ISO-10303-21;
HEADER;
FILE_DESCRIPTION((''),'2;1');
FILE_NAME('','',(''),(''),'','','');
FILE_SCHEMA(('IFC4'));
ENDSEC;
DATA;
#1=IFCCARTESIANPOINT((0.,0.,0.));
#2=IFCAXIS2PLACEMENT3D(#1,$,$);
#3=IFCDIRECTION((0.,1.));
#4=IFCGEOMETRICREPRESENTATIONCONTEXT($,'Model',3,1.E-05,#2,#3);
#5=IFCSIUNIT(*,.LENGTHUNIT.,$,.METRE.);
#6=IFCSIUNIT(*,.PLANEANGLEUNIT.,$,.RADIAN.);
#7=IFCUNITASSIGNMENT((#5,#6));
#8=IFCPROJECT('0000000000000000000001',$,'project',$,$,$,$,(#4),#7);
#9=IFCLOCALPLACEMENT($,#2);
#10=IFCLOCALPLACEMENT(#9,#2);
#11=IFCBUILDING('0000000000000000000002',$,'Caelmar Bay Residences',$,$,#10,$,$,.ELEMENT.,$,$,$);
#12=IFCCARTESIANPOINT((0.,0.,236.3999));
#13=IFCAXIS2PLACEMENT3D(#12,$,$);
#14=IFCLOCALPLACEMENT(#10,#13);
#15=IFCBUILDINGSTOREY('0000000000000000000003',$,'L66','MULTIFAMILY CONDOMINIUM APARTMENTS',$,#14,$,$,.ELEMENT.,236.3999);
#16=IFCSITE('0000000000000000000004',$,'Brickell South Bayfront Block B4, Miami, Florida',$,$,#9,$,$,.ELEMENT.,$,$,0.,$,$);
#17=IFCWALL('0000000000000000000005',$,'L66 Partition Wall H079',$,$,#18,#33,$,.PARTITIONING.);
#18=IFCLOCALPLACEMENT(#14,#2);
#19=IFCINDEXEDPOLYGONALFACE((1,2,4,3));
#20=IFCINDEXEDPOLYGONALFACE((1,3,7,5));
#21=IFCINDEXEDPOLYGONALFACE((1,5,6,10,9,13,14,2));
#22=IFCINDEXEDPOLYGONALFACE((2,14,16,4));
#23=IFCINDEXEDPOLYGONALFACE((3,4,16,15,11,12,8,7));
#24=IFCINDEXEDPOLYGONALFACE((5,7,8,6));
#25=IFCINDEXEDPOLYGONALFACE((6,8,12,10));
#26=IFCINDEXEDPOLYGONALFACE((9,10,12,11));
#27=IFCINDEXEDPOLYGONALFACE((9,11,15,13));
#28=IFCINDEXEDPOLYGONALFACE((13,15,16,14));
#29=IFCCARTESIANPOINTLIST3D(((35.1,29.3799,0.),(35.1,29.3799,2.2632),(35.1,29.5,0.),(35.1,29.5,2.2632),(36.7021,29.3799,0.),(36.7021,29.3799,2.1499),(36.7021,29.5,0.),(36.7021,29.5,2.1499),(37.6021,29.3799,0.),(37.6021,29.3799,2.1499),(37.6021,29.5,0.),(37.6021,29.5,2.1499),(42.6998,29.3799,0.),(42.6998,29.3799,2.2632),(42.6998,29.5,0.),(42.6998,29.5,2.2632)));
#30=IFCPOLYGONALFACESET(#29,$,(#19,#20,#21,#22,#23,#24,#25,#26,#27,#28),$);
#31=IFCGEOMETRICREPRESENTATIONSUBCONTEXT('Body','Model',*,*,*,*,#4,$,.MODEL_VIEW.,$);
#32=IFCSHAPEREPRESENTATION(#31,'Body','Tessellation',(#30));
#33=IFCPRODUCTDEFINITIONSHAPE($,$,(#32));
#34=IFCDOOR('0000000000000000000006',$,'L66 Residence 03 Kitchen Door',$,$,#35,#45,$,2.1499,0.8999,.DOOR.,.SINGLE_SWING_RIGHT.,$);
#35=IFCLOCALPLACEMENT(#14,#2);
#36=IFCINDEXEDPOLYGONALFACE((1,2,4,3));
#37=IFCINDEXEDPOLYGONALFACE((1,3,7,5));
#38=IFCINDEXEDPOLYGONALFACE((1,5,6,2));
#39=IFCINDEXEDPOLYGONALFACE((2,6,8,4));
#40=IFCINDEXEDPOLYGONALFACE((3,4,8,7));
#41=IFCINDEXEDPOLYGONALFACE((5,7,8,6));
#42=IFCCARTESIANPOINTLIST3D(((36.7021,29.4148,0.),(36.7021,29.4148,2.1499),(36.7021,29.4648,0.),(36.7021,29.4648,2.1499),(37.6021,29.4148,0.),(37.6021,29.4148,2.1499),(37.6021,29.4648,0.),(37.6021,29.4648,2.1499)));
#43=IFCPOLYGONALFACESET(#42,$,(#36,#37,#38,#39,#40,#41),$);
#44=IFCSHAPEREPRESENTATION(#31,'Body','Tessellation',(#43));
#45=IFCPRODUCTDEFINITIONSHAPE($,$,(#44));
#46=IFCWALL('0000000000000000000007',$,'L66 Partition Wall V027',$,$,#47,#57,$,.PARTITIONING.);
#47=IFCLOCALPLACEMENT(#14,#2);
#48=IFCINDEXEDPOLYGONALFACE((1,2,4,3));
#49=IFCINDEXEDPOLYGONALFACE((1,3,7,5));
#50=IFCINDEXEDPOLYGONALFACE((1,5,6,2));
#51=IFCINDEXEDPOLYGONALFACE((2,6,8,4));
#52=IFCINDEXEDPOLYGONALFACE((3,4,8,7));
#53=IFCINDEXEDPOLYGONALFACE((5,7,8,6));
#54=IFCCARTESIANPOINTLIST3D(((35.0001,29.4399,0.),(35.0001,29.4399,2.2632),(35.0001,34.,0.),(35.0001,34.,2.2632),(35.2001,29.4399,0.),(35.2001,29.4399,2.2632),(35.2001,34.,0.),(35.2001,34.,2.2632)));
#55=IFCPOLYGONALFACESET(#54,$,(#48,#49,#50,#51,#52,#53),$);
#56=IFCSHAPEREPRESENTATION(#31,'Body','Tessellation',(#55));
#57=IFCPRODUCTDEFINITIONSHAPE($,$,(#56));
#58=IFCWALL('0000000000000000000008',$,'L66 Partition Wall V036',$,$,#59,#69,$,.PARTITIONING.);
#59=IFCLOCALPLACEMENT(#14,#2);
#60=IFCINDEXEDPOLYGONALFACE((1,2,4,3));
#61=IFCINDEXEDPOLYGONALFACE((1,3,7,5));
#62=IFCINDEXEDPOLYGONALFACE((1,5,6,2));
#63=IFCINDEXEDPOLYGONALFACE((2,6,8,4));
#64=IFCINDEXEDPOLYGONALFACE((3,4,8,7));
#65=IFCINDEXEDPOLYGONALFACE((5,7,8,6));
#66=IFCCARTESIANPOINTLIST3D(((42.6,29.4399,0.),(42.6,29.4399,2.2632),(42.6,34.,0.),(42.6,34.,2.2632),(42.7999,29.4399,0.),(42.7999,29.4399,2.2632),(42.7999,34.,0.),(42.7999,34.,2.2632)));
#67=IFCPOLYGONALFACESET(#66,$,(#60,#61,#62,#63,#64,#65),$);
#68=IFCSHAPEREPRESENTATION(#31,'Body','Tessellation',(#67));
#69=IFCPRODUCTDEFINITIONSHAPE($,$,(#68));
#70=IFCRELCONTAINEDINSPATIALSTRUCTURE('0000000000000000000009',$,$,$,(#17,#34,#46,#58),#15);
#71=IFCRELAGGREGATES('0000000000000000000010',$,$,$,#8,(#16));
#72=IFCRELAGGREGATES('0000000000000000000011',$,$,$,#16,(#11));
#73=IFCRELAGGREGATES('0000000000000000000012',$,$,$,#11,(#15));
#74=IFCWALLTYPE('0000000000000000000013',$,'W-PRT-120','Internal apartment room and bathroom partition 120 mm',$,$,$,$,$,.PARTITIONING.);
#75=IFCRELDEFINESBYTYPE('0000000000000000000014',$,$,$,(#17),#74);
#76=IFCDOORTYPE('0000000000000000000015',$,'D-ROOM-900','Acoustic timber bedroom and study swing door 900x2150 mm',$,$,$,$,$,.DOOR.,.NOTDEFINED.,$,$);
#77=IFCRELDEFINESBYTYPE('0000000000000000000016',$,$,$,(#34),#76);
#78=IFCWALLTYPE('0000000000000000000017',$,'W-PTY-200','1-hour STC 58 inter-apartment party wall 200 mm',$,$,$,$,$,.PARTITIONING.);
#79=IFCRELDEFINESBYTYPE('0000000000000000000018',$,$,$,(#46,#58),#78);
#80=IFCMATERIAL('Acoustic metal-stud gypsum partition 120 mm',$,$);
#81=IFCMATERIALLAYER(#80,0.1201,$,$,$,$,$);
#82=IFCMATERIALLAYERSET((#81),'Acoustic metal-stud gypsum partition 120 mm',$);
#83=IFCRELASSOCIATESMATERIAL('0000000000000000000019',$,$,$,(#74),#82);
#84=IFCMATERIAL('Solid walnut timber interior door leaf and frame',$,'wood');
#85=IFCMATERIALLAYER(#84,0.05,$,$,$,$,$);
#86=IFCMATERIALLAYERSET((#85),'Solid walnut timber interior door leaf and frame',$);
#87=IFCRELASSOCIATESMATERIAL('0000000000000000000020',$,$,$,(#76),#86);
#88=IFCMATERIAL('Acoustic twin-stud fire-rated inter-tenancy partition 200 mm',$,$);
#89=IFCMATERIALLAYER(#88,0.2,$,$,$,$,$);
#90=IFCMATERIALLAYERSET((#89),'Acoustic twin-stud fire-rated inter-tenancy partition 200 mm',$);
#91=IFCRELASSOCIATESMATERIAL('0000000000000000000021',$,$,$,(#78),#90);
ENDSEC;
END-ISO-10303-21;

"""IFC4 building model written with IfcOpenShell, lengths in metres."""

from ifc_helpers import new_model, si_unit, direction, frame, frame_2d, origin, place, context, subcontext, project, spatial, rectangle, extrude, material, layer, layer_set, type_object, element, fill, save


model = new_model("IFC4")

# Units and contexts
model_context = context("Model", 3, precision=1e-05, world=origin(), true_north=direction((0.0, 1.0)))
body_context = subcontext(model_context, "Body", "Model", "MODEL_VIEW")
ifc_project = project(units=[si_unit("LENGTHUNIT", "METRE"), si_unit("PLANEANGLEUNIT", "RADIAN")], contexts=[model_context])

# Site, building, storey
site_placement = place(None, origin())
site = spatial("IfcSite", under=ifc_project, at=site_placement, Name="Brickell South Bayfront Block B4, Miami, Florida", CompositionType="ELEMENT", RefElevation=0.0)
building_placement = place(site_placement, origin())
building = spatial("IfcBuilding", under=site, at=building_placement, Name="Caelmar Bay Residences", CompositionType="ELEMENT")
storey_placement = place(building_placement, frame((0.0, 0.0, 236.3999)))
storey = spatial("IfcBuildingStorey", under=building, at=storey_placement, Name="L66", Description="MULTIFAMILY CONDOMINIUM APARTMENTS", CompositionType="ELEMENT", Elevation=236.3999)

# Shared definitions
ifc_material_1 = material(Name="Acoustic metal-stud gypsum partition 120 mm")
ifc_layer_1 = layer(ifc_material_1, 0.1201)
ifc_layer_set_1 = layer_set([ifc_layer_1], Name="Acoustic metal-stud gypsum partition 120 mm")
wall_type_1 = type_object("IfcWallType", Name="W-PRT-120", Description="Internal apartment room and bathroom partition 120 mm", PredefinedType="PARTITIONING", material=ifc_layer_set_1)
ifc_material_2 = material(Name="Solid walnut timber interior door leaf and frame", Category="wood")
ifc_layer_2 = layer(ifc_material_2, 0.05)
ifc_layer_set_2 = layer_set([ifc_layer_2], Name="Solid walnut timber interior door leaf and frame")
door_type_1 = type_object("IfcDoorType", Name="D-ROOM-900", Description="Acoustic timber bedroom and study swing door 900x2150 mm", OperationType="NOTDEFINED", PredefinedType="DOOR", material=ifc_layer_set_2)

# Wall, opening, door
wall_1_placement = place(storey_placement, frame((35.1001, 29.4399, 0.0), z_axis=(0.0, 0.0, 1.0), x_axis=(1.0, 0.0, 0.0)))
wall_1 = element("IfcWall", 1, at=wall_1_placement, inside=storey, type_object=wall_type_1, Name="L66 Partition Wall H079", PredefinedType="PARTITIONING", context=body_context, shape_type="SweptSolid", body=[
    extrude(rectangle(XDim=7.5999, YDim=0.1201, at=frame_2d((3.7998, 0.0))), origin(), (0.0, 0.0, 1.0), 2.2632),
])
opening_1_placement = place(wall_1_placement, frame((1.6021, 0.0, 0.0)))
opening_1 = element("IfcOpeningElement", 2, at=opening_1_placement, cuts=wall_1, PredefinedType="OPENING", context=body_context, shape_type="SweptSolid", body=[
    extrude(rectangle(XDim=0.8999, YDim=2.1499, at=frame_2d((0.45, 1.075))), frame((0.0, 0.0701, 0.0), z_axis=(0.0, -1.0, 0.0), x_axis=(1.0, 0.0, 0.0)), (0.0, 0.0, 1.0), 0.1401),
])
door_1_placement = place(opening_1_placement, origin())
door_1 = element("IfcDoor", 3, at=door_1_placement, inside=storey, type_object=door_type_1, Name="L66 Residence 03 Kitchen Door", OperationType="SINGLE_SWING_RIGHT", OverallHeight=2.1499, OverallWidth=0.8999, PredefinedType="DOOR", context=body_context, shape_type="SweptSolid", body=[
    extrude(rectangle(XDim=0.8999, YDim=2.1499, at=frame_2d((0.45, 1.075))), frame((0.0, 0.0249, 0.0), z_axis=(0.0, -1.0, 0.0), x_axis=(1.0, 0.0, 0.0)), (0.0, 0.0, 1.0), 0.05),
])
fill(opening_1, door_1)

# Walls
ifc_material_3 = material(Name="Acoustic twin-stud fire-rated inter-tenancy partition 200 mm")
ifc_layer_3 = layer(ifc_material_3, 0.2)
ifc_layer_set_3 = layer_set([ifc_layer_3], Name="Acoustic twin-stud fire-rated inter-tenancy partition 200 mm")
wall_type_2 = type_object("IfcWallType", Name="W-PTY-200", Description="1-hour STC 58 inter-apartment party wall 200 mm", PredefinedType="PARTITIONING", material=ifc_layer_set_3)
for number, where, z_axis, x_axis, name in (
    (4, (35.1001, 29.4399, 0.0), (0.0, 0.0, 1.0), (0.0, 1.0, 0.0), "L66 Partition Wall V027"),
    (5, (42.7, 29.4399, 0.0), (0.0, 0.0, 1.0), (0.0, 1.0, 0.0), "L66 Partition Wall V036"),
):
    element("IfcWall", number, at=place(storey_placement, frame(where, z_axis=z_axis, x_axis=x_axis)), inside=storey, type_object=wall_type_2, Name=name, PredefinedType="PARTITIONING", context=body_context, shape_type="SweptSolid", body=[
        extrude(rectangle(XDim=4.5601, YDim=0.2, at=frame_2d((2.28, 0.0))), origin(), (0.0, 0.0, 1.0), 2.2632),
    ])

save(model, "model.ifc")
